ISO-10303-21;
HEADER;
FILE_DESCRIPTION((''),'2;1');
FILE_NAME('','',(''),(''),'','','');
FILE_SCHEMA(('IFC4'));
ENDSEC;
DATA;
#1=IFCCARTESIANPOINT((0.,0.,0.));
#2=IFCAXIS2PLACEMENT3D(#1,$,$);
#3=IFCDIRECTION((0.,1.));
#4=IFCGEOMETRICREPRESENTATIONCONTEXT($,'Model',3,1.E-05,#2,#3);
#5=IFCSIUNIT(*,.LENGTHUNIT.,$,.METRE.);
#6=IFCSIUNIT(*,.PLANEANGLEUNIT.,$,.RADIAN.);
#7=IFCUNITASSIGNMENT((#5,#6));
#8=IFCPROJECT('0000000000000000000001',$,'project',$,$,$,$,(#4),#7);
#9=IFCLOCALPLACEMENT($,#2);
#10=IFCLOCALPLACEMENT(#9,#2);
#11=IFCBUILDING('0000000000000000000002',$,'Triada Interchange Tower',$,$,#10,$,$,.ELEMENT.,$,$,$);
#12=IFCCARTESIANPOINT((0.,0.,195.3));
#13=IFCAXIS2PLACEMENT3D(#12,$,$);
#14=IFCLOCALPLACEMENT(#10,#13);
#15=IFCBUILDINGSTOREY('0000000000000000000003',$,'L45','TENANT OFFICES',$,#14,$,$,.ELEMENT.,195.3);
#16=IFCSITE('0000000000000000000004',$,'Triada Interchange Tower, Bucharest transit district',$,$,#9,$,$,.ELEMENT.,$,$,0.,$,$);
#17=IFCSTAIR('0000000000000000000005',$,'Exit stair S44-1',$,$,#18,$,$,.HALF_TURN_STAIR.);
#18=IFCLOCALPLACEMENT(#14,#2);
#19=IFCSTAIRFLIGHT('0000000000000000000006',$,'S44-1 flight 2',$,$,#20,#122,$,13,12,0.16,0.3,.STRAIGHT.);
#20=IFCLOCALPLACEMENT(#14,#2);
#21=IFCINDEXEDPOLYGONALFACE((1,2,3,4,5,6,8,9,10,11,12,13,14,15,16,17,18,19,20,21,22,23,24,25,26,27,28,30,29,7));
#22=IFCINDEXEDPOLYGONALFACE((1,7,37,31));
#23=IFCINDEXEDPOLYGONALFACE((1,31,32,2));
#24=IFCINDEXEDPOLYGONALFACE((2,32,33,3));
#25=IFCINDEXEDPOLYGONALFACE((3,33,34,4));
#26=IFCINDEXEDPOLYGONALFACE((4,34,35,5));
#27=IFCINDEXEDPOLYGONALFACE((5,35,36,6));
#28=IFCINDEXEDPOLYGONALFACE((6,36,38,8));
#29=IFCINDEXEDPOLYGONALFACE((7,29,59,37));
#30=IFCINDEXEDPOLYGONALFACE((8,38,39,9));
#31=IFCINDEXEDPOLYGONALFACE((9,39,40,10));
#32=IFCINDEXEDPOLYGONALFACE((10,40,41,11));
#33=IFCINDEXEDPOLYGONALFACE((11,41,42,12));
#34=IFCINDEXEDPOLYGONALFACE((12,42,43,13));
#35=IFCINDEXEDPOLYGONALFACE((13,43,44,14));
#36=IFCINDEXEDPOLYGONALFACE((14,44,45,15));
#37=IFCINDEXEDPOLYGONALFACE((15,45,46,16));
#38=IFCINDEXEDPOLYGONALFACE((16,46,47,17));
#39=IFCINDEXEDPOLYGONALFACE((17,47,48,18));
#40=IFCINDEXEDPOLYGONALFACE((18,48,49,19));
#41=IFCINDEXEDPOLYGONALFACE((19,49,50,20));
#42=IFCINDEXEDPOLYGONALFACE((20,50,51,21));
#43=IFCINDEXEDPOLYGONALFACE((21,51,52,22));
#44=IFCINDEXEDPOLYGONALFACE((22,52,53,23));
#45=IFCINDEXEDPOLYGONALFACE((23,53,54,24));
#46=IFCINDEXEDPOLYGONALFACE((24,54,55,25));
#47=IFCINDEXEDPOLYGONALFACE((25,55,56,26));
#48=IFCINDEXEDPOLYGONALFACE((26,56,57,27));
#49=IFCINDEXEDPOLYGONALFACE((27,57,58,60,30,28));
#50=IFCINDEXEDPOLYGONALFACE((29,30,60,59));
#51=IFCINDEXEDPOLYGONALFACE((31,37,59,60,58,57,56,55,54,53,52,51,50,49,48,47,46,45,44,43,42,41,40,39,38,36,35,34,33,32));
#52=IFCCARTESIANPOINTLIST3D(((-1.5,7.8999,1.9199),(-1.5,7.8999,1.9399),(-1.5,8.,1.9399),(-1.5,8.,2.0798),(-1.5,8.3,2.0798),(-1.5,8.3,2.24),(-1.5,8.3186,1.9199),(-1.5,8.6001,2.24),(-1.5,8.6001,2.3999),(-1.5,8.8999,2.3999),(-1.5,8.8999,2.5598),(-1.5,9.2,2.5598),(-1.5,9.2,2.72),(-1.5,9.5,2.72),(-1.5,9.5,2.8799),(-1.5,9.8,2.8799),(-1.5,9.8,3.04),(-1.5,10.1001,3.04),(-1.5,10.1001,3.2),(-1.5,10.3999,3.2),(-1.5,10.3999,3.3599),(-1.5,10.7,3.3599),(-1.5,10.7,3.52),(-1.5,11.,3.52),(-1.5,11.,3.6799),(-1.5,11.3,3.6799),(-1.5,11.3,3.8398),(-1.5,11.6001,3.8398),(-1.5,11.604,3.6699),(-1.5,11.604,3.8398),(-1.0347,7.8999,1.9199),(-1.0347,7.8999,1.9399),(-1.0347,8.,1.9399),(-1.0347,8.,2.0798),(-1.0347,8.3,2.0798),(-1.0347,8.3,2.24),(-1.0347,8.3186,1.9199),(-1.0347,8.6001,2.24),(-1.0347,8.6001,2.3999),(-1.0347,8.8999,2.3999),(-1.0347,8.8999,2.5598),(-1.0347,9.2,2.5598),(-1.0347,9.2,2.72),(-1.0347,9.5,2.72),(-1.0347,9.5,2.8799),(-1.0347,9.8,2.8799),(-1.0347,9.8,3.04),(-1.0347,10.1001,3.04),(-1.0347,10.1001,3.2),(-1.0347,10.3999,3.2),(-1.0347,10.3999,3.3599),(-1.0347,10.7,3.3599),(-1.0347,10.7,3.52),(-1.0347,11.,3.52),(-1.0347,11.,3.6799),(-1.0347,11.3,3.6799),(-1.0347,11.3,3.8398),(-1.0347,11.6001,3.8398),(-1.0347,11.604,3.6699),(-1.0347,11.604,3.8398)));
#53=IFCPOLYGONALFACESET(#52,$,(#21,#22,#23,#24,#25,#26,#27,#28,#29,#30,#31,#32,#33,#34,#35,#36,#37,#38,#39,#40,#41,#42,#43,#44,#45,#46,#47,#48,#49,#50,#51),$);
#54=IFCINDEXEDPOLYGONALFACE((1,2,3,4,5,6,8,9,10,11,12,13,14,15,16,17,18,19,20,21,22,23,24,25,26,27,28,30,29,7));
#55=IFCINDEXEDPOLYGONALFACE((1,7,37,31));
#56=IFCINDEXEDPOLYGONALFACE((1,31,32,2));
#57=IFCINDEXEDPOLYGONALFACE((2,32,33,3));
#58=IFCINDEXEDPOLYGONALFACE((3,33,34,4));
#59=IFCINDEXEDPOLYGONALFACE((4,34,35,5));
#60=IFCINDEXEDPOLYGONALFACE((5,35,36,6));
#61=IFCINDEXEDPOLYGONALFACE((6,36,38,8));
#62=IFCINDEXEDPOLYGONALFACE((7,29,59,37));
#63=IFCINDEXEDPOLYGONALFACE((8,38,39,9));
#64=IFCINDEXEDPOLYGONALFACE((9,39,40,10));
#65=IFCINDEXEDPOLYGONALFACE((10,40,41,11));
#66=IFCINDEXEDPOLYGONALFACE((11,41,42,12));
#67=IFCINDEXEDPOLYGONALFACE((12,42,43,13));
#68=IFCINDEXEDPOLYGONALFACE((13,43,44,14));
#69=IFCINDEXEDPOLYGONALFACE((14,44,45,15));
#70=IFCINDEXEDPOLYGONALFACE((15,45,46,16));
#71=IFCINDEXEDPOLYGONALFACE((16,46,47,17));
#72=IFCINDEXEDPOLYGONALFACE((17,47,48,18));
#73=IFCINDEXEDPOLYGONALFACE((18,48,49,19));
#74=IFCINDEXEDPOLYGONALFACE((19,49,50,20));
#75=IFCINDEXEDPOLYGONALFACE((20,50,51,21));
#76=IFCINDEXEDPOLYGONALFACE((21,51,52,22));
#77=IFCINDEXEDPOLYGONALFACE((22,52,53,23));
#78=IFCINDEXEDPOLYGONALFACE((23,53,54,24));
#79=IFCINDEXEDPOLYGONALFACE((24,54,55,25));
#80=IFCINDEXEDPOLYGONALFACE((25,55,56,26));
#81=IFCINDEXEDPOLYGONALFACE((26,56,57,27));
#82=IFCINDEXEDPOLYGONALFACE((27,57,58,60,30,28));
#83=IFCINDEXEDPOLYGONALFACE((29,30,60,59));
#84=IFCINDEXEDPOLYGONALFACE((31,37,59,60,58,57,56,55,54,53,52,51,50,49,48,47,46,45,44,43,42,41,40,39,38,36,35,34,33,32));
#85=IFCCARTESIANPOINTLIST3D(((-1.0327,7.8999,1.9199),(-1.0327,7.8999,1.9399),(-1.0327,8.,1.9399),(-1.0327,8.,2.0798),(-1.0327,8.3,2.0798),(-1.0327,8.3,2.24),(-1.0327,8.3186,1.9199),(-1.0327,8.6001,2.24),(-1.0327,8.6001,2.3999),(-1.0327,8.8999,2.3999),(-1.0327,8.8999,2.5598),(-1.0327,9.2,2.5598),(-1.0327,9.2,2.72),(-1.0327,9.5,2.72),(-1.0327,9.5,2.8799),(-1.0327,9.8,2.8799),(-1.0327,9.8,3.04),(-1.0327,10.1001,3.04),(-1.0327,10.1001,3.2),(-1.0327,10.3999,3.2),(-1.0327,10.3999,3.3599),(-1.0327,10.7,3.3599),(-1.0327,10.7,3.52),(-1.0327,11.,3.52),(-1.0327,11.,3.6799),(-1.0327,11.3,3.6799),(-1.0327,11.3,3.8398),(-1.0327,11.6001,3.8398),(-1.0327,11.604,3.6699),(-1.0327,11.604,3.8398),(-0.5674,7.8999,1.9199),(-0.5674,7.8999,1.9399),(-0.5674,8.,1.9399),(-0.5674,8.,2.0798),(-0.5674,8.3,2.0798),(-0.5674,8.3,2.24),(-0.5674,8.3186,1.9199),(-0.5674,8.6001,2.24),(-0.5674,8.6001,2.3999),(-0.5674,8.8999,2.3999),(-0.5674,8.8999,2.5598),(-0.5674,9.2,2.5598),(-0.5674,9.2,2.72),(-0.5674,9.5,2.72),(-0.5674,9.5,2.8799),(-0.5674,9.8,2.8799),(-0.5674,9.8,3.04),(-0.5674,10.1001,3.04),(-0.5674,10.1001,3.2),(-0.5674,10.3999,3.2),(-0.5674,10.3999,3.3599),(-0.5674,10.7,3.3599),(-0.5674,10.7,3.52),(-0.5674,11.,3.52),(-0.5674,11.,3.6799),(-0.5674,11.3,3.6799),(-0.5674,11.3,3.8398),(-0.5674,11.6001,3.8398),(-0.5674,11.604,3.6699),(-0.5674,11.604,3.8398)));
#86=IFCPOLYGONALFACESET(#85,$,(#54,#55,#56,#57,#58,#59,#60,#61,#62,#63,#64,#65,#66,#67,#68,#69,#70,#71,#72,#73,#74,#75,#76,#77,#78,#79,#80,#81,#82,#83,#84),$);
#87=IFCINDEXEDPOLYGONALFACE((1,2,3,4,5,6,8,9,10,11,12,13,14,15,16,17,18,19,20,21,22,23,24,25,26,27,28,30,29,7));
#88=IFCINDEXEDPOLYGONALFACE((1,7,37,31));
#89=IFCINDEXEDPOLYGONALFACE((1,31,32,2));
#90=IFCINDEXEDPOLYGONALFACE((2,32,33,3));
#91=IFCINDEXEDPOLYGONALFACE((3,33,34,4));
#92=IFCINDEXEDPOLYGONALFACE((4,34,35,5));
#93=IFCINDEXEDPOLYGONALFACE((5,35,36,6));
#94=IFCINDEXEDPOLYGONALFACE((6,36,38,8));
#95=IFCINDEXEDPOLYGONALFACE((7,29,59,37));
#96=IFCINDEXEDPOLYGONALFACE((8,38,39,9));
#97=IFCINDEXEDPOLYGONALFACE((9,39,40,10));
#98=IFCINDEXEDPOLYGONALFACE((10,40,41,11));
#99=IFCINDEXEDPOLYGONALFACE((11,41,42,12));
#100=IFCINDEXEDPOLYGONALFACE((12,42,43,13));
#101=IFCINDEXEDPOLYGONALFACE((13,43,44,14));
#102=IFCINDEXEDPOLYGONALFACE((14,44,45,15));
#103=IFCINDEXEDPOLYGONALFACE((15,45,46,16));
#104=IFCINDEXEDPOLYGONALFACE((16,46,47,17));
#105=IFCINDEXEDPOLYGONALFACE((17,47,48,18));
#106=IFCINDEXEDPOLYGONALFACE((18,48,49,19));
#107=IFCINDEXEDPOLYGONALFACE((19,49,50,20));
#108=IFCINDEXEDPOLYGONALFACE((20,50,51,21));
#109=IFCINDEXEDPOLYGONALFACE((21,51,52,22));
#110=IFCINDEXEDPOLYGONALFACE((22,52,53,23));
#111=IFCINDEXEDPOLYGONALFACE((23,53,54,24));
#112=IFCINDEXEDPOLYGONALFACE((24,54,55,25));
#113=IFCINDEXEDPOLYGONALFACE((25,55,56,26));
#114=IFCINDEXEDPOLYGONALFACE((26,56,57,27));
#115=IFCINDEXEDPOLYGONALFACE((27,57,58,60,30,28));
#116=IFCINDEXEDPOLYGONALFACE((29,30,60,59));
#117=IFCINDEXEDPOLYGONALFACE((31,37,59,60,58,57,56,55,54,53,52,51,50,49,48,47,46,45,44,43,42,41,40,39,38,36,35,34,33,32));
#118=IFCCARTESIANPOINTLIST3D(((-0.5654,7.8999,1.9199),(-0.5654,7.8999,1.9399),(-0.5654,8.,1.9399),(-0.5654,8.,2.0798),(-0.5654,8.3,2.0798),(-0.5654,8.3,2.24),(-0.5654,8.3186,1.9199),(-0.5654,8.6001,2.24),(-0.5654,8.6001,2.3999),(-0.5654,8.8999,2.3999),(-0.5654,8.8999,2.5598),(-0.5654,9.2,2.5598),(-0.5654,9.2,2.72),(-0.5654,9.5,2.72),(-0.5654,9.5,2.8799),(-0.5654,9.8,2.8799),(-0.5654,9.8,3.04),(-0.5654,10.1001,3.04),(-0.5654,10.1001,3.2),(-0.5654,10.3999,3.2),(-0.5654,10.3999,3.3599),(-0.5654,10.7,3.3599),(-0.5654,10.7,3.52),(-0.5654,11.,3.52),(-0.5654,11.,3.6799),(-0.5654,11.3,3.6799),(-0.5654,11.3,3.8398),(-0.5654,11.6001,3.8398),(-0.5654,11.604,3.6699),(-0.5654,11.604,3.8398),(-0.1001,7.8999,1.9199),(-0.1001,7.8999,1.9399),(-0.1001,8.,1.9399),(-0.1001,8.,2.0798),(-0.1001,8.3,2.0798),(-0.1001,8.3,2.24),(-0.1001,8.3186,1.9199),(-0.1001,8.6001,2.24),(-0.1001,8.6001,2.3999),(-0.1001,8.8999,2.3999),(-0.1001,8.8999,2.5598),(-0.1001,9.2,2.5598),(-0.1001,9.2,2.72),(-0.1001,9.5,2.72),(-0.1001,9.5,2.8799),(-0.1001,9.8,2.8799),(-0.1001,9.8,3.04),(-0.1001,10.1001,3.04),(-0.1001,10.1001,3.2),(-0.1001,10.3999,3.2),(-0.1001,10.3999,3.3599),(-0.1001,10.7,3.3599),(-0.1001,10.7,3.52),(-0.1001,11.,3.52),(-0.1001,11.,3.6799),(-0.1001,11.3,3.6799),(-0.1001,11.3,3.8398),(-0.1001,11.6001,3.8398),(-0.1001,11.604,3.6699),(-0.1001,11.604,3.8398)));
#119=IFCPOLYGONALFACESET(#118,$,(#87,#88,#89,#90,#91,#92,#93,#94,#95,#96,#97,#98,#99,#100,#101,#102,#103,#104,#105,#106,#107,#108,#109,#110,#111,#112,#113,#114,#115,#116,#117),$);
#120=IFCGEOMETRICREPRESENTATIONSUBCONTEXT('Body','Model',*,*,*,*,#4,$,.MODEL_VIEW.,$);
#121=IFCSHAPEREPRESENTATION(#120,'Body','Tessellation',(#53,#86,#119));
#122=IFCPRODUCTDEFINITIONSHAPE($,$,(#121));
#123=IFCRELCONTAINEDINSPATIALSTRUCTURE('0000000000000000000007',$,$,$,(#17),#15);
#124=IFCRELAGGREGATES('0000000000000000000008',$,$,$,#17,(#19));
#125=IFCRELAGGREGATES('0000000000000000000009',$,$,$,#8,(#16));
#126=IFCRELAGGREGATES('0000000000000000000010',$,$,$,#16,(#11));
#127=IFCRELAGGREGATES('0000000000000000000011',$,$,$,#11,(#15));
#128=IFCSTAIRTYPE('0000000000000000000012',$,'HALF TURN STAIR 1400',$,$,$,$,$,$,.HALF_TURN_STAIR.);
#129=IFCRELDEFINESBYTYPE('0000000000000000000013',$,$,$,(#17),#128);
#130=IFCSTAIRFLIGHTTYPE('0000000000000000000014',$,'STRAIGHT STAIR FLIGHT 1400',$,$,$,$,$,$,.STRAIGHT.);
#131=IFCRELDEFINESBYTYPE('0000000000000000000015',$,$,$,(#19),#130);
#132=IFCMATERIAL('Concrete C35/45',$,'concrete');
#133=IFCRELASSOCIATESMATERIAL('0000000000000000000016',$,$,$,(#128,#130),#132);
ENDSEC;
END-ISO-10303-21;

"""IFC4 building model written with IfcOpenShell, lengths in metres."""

from ifc_helpers import new_model, si_unit, direction, frame, origin, place, context, subcontext, project, spatial, polyline, outline, extrude, material, type_object, element, aggregate, save


model = new_model("IFC4")

# Units and contexts
model_context = context("Model", 3, precision=1e-05, world=origin(), true_north=direction((0.0, 1.0)))
body_context = subcontext(model_context, "Body", "Model", "MODEL_VIEW")
ifc_project = project(units=[si_unit("LENGTHUNIT", "METRE"), si_unit("PLANEANGLEUNIT", "RADIAN")], contexts=[model_context])

# Site, building, storey
site_placement = place(None, origin())
site = spatial("IfcSite", under=ifc_project, at=site_placement, Name="Triada Interchange Tower, Bucharest transit district", CompositionType="ELEMENT", RefElevation=0.0)
building_placement = place(site_placement, origin())
building = spatial("IfcBuilding", under=site, at=building_placement, Name="Triada Interchange Tower", CompositionType="ELEMENT")
storey_placement = place(building_placement, frame((0.0, 0.0, 195.3)))
storey = spatial("IfcBuildingStorey", under=building, at=storey_placement, Name="L45", Description="TENANT OFFICES", CompositionType="ELEMENT", Elevation=195.3)

# Stair, stair flight
ifc_material_1 = material(Name="Concrete C35/45", Category="concrete")
stair_type = type_object("IfcStairType", Name="HALF TURN STAIR 1400", PredefinedType="HALF_TURN_STAIR", material=ifc_material_1)
stair_placement = place(storey_placement, origin())
stair = element("IfcStair", 1, at=stair_placement, inside=storey, type_object=stair_type, Name="Exit stair S44-1", PredefinedType="HALF_TURN_STAIR")
stair_flight_type = type_object("IfcStairFlightType", Name="STRAIGHT STAIR FLIGHT 1400", PredefinedType="STRAIGHT", material=ifc_material_1)
stair_flight_placement = place(storey_placement, frame((-0.8, 8.0, 1.9199), z_axis=(0.0, 0.0, 1.0), x_axis=(0.0, 1.0, 0.0)))
stair_flight = element("IfcStairFlight", 2, at=stair_flight_placement, type_object=stair_flight_type, Name="S44-1 flight 2", NumberOfRisers=13, NumberOfTreads=12, PredefinedType="STRAIGHT", RiserHeight=0.16, TreadLength=0.3, context=body_context, shape_type="SweptSolid", body=[
    extrude(outline(polyline([(-0.1001, 0.0), (-0.1001, 0.02), (0.0, 0.02), (0.0, 0.1599), (0.3, 0.1599), (0.3, 0.3201), (0.6001, 0.3201), (0.6001, 0.48), (0.8999, 0.48), (0.8999, 0.6399), (1.2, 0.6399), (1.2, 0.8), (1.5, 0.8), (1.5, 0.96), (1.8, 0.96), (1.8, 1.1201), (2.1001, 1.1201), (2.1001, 1.28), (2.3999, 1.28), (2.3999, 1.4399), (2.7, 1.4399), (2.7, 1.6001), (3.0, 1.6001), (3.0, 1.76), (3.3, 1.76), (3.3, 1.9199), (3.6001, 1.9199), (3.604, 1.9199), (3.604, 2.0801), (3.604, 1.75), (0.3186, 0.0), (-0.1001, 0.0)])), frame((0.0, 0.7, 0.0), z_axis=(0.0, -1.0, 0.0), x_axis=(1.0, 0.0, 0.0)), (0.0, 0.0, 1.0), 0.4653),
    extrude(outline(polyline([(-0.1001, 0.0), (-0.1001, 0.02), (0.0, 0.02), (0.0, 0.1599), (0.3, 0.1599), (0.3, 0.3201), (0.6001, 0.3201), (0.6001, 0.48), (0.8999, 0.48), (0.8999, 0.6399), (1.2, 0.6399), (1.2, 0.8), (1.5, 0.8), (1.5, 0.96), (1.8, 0.96), (1.8, 1.1201), (2.1001, 1.1201), (2.1001, 1.28), (2.3999, 1.28), (2.3999, 1.4399), (2.7, 1.4399), (2.7, 1.6001), (3.0, 1.6001), (3.0, 1.76), (3.3, 1.76), (3.3, 1.9199), (3.6001, 1.9199), (3.604, 1.9199), (3.604, 2.0801), (3.604, 1.75), (0.3186, 0.0), (-0.1001, 0.0)])), frame((0.0, 0.2327, 0.0), z_axis=(0.0, -1.0, 0.0), x_axis=(1.0, 0.0, 0.0)), (0.0, 0.0, 1.0), 0.4653),
    extrude(outline(polyline([(-0.1001, 0.0), (-0.1001, 0.02), (0.0, 0.02), (0.0, 0.1599), (0.3, 0.1599), (0.3, 0.3201), (0.6001, 0.3201), (0.6001, 0.48), (0.8999, 0.48), (0.8999, 0.6399), (1.2, 0.6399), (1.2, 0.8), (1.5, 0.8), (1.5, 0.96), (1.8, 0.96), (1.8, 1.1201), (2.1001, 1.1201), (2.1001, 1.28), (2.3999, 1.28), (2.3999, 1.4399), (2.7, 1.4399), (2.7, 1.6001), (3.0, 1.6001), (3.0, 1.76), (3.3, 1.76), (3.3, 1.9199), (3.6001, 1.9199), (3.604, 1.9199), (3.604, 2.0801), (3.604, 1.75), (0.3186, 0.0), (-0.1001, 0.0)])), frame((0.0, -0.2346, 0.0), z_axis=(0.0, -1.0, 0.0), x_axis=(1.0, 0.0, 0.0)), (0.0, 0.0, 1.0), 0.4653),
])
aggregate(stair, [stair_flight])

save(model, "model.ifc")
